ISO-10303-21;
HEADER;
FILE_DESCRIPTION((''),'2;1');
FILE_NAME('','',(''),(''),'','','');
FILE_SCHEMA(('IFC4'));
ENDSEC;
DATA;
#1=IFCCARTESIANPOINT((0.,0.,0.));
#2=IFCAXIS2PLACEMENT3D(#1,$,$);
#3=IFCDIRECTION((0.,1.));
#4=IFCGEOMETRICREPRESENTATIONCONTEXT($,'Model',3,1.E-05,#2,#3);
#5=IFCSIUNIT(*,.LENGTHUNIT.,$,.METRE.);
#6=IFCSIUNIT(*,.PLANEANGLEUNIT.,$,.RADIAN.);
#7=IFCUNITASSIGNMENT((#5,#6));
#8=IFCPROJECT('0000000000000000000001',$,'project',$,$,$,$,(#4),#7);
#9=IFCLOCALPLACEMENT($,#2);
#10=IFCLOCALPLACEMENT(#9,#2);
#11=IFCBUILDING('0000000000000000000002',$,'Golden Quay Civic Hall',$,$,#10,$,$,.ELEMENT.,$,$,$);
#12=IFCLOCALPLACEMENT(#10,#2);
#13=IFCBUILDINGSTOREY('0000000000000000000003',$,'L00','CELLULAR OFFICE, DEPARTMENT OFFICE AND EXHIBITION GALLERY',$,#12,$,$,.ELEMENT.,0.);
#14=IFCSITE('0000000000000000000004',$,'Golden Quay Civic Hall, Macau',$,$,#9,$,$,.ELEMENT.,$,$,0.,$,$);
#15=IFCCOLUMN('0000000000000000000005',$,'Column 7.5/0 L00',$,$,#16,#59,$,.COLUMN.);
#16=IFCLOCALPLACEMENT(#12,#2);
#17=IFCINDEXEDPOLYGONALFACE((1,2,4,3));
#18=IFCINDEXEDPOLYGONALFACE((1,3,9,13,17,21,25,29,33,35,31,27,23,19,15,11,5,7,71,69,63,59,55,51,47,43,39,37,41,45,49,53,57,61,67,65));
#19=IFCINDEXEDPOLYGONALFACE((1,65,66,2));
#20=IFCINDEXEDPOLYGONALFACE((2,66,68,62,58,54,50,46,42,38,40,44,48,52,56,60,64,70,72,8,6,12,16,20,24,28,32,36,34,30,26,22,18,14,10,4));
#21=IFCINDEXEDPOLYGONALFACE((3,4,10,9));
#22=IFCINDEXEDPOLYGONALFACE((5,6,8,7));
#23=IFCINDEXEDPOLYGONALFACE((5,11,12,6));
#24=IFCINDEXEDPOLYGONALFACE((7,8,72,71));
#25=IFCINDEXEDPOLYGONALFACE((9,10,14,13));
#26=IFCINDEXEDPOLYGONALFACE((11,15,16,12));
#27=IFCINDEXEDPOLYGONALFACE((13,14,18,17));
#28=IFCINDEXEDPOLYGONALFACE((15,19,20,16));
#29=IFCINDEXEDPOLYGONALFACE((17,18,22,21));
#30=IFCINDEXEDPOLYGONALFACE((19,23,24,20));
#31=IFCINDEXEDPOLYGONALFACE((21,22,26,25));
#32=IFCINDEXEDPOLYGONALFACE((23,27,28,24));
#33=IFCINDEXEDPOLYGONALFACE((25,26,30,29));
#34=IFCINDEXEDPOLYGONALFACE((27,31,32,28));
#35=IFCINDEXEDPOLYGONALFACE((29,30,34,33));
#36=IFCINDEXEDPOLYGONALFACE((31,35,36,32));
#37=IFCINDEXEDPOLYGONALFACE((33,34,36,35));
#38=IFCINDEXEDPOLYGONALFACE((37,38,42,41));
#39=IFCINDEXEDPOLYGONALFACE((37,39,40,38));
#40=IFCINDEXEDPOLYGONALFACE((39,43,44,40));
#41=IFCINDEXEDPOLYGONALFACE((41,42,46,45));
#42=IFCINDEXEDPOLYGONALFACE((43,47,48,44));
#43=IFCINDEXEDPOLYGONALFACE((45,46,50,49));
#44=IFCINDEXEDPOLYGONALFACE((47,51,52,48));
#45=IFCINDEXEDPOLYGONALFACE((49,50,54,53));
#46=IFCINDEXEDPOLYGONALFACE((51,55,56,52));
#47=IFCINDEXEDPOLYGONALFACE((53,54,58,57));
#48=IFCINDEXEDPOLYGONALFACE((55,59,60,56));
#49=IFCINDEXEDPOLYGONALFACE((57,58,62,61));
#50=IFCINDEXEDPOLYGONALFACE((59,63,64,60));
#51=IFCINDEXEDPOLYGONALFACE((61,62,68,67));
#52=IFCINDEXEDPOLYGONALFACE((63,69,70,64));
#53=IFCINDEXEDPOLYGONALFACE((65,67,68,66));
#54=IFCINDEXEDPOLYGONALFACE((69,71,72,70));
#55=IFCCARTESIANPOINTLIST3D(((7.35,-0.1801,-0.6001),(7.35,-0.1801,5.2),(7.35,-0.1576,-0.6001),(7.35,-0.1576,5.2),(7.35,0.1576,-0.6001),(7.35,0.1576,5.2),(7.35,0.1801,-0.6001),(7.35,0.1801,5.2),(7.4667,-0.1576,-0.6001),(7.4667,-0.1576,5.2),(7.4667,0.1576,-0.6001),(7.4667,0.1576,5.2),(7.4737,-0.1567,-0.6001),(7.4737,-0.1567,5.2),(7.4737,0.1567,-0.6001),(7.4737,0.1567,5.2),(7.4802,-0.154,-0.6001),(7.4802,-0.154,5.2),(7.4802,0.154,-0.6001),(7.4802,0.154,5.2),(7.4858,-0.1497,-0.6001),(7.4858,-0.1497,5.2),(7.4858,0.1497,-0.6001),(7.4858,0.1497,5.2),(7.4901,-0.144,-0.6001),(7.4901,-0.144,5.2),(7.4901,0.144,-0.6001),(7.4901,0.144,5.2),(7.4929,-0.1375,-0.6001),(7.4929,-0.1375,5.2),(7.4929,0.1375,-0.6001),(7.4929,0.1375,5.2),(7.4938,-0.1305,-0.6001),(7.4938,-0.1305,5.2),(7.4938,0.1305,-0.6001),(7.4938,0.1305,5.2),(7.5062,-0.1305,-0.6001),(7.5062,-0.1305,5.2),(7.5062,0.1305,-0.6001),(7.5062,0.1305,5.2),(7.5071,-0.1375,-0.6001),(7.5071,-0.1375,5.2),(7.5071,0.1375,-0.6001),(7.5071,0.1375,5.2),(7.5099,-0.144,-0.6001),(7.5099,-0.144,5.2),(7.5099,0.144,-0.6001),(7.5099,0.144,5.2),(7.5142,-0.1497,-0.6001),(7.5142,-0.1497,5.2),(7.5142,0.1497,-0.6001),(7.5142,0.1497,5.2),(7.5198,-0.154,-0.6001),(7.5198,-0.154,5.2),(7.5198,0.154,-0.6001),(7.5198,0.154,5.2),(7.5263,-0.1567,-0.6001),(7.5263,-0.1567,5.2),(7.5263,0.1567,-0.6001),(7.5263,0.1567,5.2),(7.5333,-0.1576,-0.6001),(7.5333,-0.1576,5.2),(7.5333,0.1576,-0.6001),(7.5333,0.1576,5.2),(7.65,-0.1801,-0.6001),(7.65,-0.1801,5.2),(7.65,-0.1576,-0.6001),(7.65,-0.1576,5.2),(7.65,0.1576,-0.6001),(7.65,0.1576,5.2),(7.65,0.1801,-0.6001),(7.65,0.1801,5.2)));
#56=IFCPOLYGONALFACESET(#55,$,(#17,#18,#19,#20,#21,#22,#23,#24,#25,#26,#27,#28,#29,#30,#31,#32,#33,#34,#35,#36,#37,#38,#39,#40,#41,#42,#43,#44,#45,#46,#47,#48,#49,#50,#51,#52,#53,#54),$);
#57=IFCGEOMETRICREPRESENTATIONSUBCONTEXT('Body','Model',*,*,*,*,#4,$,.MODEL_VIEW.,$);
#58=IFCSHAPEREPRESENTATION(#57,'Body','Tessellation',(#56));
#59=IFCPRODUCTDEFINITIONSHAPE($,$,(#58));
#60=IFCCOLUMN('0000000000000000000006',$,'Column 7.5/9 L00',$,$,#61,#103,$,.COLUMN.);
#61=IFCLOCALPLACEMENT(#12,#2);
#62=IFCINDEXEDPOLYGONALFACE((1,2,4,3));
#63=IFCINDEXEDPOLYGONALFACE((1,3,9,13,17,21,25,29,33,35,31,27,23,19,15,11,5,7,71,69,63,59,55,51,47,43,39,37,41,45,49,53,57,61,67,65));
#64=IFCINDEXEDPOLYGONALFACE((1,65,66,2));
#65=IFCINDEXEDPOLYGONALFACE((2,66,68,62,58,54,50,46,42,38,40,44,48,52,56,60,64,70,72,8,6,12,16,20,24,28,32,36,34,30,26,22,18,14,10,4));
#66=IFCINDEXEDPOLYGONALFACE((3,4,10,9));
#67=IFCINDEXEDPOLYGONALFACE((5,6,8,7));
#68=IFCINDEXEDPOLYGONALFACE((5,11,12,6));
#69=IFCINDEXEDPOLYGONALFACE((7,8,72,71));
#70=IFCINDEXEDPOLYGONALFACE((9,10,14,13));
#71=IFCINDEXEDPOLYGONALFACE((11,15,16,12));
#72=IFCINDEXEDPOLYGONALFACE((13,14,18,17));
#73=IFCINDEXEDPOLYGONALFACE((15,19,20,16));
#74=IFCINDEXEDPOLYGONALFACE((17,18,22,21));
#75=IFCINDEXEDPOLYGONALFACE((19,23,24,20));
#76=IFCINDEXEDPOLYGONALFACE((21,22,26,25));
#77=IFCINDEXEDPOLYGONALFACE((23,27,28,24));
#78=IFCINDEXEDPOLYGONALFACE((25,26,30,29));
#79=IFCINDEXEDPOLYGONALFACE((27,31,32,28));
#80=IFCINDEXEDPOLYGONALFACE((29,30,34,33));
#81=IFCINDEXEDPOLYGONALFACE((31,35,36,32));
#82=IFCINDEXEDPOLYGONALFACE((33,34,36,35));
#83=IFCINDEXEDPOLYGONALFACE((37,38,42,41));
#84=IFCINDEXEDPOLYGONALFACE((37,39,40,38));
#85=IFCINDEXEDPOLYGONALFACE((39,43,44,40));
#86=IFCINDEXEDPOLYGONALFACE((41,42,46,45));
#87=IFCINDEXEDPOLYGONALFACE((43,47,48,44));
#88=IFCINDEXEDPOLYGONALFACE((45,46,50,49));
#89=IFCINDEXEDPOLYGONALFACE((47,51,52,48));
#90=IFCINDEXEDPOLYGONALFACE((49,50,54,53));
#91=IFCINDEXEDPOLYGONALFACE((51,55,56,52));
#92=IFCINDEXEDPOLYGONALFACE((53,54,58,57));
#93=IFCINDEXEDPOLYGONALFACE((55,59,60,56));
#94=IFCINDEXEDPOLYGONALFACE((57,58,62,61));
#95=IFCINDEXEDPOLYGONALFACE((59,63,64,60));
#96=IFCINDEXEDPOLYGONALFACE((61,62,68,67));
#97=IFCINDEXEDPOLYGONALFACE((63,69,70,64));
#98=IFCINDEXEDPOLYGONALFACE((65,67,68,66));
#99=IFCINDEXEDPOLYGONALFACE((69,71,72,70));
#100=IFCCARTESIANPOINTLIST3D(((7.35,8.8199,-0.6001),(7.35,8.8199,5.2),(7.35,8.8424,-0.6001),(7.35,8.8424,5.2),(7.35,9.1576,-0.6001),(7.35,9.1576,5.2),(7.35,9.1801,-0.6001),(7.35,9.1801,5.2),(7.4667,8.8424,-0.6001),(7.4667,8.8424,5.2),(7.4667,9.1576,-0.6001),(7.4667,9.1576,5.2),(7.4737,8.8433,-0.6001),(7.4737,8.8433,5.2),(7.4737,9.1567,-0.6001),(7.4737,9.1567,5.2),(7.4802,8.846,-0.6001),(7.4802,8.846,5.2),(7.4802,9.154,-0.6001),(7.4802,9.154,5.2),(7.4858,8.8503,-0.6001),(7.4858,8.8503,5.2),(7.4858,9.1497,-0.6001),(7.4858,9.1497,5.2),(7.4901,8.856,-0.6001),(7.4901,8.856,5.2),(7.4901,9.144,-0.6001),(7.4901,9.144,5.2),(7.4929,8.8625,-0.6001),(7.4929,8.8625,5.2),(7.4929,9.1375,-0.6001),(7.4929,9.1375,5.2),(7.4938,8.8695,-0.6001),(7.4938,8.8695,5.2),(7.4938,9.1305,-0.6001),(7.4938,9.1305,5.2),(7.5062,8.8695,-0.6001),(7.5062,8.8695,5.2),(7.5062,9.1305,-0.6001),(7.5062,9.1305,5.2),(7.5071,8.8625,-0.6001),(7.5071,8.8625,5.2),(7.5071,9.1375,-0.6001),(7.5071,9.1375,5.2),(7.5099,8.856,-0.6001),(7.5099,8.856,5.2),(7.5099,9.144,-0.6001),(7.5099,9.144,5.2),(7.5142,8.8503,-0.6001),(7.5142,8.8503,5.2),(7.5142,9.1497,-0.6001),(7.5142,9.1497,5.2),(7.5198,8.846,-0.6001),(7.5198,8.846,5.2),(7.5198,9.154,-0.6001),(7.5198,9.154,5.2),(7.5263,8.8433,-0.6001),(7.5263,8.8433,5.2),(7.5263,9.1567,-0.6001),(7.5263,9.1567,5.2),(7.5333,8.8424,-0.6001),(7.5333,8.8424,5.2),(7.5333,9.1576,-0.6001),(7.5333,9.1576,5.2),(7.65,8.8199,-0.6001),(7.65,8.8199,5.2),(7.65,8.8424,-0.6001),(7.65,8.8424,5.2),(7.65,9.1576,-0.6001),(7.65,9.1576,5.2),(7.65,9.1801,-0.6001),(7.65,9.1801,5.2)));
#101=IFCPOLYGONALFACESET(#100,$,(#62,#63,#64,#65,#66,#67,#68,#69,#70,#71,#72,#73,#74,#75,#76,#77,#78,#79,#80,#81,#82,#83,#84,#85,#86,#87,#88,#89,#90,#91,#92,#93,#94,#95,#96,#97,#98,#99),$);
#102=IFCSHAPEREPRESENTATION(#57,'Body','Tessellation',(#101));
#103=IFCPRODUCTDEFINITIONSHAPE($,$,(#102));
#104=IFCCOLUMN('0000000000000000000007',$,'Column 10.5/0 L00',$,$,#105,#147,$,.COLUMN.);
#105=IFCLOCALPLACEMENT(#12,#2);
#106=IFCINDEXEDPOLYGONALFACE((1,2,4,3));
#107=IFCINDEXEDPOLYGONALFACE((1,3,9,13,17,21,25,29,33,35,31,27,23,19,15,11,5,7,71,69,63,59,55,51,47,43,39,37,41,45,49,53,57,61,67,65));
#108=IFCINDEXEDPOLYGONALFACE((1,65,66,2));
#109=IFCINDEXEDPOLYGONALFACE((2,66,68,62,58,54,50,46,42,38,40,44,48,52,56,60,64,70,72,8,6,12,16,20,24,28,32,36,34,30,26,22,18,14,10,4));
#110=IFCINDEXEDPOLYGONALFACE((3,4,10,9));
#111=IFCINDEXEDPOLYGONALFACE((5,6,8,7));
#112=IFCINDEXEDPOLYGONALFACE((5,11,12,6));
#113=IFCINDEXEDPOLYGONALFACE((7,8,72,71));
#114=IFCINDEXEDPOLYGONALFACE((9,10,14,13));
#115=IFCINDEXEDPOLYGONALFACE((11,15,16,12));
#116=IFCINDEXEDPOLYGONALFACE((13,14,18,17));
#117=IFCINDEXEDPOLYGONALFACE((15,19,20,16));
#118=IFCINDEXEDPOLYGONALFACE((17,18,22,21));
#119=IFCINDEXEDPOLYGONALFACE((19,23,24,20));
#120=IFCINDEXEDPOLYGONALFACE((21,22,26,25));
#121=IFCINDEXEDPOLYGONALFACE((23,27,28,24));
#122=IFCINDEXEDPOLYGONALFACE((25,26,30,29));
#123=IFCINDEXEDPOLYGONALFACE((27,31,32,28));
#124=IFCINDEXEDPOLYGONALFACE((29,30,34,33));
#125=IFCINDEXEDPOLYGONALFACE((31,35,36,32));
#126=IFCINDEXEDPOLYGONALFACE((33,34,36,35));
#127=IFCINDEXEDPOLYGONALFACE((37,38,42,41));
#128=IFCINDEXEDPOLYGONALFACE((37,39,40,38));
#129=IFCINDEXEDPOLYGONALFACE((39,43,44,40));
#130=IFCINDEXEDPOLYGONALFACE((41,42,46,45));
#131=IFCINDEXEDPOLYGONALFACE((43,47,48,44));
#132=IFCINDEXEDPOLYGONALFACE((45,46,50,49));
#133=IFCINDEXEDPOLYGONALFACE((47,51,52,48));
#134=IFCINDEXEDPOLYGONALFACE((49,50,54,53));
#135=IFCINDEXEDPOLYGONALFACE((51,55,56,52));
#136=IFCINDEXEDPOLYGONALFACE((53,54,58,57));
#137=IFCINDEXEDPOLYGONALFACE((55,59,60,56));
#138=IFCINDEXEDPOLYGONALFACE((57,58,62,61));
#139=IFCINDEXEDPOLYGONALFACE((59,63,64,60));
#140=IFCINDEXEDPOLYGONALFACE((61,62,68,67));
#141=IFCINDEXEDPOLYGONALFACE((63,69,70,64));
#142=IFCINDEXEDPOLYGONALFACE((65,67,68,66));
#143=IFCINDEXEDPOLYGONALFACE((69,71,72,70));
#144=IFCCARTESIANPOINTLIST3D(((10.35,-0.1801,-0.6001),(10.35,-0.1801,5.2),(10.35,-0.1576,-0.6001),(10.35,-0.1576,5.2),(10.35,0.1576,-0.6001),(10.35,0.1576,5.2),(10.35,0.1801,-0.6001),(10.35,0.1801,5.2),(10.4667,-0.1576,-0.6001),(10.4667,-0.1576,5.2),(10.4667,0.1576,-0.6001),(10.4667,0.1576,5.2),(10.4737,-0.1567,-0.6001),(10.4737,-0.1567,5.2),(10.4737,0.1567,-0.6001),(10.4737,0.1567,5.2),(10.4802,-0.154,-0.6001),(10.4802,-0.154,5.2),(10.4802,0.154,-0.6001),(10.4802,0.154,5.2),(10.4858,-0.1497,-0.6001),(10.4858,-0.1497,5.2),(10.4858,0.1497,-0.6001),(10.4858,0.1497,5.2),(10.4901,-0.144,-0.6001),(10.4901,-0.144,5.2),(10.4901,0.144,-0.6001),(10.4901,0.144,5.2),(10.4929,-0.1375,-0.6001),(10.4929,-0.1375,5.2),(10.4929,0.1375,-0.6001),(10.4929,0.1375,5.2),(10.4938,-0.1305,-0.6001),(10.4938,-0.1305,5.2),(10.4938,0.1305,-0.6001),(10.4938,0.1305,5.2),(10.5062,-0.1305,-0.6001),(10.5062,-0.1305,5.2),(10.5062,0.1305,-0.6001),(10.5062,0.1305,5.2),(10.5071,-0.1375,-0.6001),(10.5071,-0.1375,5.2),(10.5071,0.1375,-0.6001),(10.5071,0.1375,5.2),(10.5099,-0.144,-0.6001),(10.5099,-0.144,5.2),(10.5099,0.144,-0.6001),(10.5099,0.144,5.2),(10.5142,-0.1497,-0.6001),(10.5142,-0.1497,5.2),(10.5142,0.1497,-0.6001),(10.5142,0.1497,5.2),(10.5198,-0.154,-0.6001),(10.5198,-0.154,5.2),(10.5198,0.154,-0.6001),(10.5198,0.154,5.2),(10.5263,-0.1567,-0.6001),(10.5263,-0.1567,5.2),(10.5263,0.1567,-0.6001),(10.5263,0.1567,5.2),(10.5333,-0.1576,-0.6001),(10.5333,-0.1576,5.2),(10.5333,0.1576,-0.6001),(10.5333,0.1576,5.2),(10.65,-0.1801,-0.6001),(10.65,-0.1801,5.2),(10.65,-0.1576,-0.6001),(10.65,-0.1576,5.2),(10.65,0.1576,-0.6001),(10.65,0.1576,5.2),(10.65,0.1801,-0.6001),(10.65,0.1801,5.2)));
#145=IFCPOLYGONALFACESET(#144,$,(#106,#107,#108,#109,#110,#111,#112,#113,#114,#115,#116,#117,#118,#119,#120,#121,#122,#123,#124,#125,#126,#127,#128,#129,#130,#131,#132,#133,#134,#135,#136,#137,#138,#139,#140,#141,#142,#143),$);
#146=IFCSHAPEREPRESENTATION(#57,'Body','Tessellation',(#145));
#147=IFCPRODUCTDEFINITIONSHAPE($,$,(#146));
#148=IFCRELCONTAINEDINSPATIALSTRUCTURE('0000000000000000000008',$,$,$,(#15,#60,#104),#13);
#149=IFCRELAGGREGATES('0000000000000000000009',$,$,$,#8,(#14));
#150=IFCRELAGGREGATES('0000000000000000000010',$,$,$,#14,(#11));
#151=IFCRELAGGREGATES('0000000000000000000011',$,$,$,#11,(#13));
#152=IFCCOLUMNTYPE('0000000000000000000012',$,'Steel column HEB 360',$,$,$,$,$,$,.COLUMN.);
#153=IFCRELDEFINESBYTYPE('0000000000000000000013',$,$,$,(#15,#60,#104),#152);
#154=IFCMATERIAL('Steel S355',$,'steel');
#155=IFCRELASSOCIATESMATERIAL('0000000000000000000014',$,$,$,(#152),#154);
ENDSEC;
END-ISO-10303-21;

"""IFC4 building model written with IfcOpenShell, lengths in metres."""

from ifc_helpers import new_model, si_unit, direction, frame, origin, origin_2d, place, context, subcontext, project, spatial, i_section, extrude, material, material_profile, profile_set, type_object, element, save


model = new_model("IFC4")

# Units and contexts
model_context = context("Model", 3, precision=1e-05, world=origin(), true_north=direction((0.0, 1.0)))
body_context = subcontext(model_context, "Body", "Model", "MODEL_VIEW")
ifc_project = project(units=[si_unit("LENGTHUNIT", "METRE"), si_unit("PLANEANGLEUNIT", "RADIAN")], contexts=[model_context])

# Site, building, storey
site_placement = place(None, origin())
site = spatial("IfcSite", under=ifc_project, at=site_placement, Name="Golden Quay Civic Hall, Macau", CompositionType="ELEMENT", RefElevation=0.0)
building_placement = place(site_placement, origin())
building = spatial("IfcBuilding", under=site, at=building_placement, Name="Golden Quay Civic Hall", CompositionType="ELEMENT")
storey_placement = place(building_placement, origin())
storey = spatial("IfcBuildingStorey", under=building, at=storey_placement, Name="L00", Description="CELLULAR OFFICE, DEPARTMENT OFFICE AND EXHIBITION GALLERY", CompositionType="ELEMENT", Elevation=0.0)

# Columns
ifc_material_1 = material(Name="Steel S355", Category="steel")
ifc_material_profile_1 = material_profile(ifc_material_1, i_section(OverallWidth=0.3, OverallDepth=0.3601, WebThickness=0.0125, FlangeThickness=0.0225, FilletRadius=0.0271, at=origin_2d()), Name="HEB 360")
ifc_profile_set_1 = profile_set([ifc_material_profile_1], Name="Steel S355")
column_type = type_object("IfcColumnType", Name="Steel column HEB 360", PredefinedType="COLUMN", material=ifc_profile_set_1)
for number, where, z_axis, x_axis, name in (
    (1, (7.5, 0.0, -0.6001), (0.0, 0.0, 1.0), (1.0, 0.0, 0.0), "Column 7.5/0 L00"),
    (2, (7.5, 9.0, -0.6001), (0.0, 0.0, 1.0), (1.0, 0.0, 0.0), "Column 7.5/9 L00"),
    (3, (10.5, 0.0, -0.6001), (0.0, 0.0, 1.0), (1.0, 0.0, 0.0), "Column 10.5/0 L00"),
):
    element("IfcColumn", number, at=place(storey_placement, frame(where, z_axis=z_axis, x_axis=x_axis)), inside=storey, type_object=column_type, Name=name, PredefinedType="COLUMN", context=body_context, shape_type="SweptSolid", body=[
        extrude(i_section(OverallWidth=0.3, OverallDepth=0.3601, WebThickness=0.0125, FlangeThickness=0.0225, FilletRadius=0.0271, at=origin_2d()), origin(), (0.0, 0.0, 1.0), 5.8),
    ])

save(model, "model.ifc")
